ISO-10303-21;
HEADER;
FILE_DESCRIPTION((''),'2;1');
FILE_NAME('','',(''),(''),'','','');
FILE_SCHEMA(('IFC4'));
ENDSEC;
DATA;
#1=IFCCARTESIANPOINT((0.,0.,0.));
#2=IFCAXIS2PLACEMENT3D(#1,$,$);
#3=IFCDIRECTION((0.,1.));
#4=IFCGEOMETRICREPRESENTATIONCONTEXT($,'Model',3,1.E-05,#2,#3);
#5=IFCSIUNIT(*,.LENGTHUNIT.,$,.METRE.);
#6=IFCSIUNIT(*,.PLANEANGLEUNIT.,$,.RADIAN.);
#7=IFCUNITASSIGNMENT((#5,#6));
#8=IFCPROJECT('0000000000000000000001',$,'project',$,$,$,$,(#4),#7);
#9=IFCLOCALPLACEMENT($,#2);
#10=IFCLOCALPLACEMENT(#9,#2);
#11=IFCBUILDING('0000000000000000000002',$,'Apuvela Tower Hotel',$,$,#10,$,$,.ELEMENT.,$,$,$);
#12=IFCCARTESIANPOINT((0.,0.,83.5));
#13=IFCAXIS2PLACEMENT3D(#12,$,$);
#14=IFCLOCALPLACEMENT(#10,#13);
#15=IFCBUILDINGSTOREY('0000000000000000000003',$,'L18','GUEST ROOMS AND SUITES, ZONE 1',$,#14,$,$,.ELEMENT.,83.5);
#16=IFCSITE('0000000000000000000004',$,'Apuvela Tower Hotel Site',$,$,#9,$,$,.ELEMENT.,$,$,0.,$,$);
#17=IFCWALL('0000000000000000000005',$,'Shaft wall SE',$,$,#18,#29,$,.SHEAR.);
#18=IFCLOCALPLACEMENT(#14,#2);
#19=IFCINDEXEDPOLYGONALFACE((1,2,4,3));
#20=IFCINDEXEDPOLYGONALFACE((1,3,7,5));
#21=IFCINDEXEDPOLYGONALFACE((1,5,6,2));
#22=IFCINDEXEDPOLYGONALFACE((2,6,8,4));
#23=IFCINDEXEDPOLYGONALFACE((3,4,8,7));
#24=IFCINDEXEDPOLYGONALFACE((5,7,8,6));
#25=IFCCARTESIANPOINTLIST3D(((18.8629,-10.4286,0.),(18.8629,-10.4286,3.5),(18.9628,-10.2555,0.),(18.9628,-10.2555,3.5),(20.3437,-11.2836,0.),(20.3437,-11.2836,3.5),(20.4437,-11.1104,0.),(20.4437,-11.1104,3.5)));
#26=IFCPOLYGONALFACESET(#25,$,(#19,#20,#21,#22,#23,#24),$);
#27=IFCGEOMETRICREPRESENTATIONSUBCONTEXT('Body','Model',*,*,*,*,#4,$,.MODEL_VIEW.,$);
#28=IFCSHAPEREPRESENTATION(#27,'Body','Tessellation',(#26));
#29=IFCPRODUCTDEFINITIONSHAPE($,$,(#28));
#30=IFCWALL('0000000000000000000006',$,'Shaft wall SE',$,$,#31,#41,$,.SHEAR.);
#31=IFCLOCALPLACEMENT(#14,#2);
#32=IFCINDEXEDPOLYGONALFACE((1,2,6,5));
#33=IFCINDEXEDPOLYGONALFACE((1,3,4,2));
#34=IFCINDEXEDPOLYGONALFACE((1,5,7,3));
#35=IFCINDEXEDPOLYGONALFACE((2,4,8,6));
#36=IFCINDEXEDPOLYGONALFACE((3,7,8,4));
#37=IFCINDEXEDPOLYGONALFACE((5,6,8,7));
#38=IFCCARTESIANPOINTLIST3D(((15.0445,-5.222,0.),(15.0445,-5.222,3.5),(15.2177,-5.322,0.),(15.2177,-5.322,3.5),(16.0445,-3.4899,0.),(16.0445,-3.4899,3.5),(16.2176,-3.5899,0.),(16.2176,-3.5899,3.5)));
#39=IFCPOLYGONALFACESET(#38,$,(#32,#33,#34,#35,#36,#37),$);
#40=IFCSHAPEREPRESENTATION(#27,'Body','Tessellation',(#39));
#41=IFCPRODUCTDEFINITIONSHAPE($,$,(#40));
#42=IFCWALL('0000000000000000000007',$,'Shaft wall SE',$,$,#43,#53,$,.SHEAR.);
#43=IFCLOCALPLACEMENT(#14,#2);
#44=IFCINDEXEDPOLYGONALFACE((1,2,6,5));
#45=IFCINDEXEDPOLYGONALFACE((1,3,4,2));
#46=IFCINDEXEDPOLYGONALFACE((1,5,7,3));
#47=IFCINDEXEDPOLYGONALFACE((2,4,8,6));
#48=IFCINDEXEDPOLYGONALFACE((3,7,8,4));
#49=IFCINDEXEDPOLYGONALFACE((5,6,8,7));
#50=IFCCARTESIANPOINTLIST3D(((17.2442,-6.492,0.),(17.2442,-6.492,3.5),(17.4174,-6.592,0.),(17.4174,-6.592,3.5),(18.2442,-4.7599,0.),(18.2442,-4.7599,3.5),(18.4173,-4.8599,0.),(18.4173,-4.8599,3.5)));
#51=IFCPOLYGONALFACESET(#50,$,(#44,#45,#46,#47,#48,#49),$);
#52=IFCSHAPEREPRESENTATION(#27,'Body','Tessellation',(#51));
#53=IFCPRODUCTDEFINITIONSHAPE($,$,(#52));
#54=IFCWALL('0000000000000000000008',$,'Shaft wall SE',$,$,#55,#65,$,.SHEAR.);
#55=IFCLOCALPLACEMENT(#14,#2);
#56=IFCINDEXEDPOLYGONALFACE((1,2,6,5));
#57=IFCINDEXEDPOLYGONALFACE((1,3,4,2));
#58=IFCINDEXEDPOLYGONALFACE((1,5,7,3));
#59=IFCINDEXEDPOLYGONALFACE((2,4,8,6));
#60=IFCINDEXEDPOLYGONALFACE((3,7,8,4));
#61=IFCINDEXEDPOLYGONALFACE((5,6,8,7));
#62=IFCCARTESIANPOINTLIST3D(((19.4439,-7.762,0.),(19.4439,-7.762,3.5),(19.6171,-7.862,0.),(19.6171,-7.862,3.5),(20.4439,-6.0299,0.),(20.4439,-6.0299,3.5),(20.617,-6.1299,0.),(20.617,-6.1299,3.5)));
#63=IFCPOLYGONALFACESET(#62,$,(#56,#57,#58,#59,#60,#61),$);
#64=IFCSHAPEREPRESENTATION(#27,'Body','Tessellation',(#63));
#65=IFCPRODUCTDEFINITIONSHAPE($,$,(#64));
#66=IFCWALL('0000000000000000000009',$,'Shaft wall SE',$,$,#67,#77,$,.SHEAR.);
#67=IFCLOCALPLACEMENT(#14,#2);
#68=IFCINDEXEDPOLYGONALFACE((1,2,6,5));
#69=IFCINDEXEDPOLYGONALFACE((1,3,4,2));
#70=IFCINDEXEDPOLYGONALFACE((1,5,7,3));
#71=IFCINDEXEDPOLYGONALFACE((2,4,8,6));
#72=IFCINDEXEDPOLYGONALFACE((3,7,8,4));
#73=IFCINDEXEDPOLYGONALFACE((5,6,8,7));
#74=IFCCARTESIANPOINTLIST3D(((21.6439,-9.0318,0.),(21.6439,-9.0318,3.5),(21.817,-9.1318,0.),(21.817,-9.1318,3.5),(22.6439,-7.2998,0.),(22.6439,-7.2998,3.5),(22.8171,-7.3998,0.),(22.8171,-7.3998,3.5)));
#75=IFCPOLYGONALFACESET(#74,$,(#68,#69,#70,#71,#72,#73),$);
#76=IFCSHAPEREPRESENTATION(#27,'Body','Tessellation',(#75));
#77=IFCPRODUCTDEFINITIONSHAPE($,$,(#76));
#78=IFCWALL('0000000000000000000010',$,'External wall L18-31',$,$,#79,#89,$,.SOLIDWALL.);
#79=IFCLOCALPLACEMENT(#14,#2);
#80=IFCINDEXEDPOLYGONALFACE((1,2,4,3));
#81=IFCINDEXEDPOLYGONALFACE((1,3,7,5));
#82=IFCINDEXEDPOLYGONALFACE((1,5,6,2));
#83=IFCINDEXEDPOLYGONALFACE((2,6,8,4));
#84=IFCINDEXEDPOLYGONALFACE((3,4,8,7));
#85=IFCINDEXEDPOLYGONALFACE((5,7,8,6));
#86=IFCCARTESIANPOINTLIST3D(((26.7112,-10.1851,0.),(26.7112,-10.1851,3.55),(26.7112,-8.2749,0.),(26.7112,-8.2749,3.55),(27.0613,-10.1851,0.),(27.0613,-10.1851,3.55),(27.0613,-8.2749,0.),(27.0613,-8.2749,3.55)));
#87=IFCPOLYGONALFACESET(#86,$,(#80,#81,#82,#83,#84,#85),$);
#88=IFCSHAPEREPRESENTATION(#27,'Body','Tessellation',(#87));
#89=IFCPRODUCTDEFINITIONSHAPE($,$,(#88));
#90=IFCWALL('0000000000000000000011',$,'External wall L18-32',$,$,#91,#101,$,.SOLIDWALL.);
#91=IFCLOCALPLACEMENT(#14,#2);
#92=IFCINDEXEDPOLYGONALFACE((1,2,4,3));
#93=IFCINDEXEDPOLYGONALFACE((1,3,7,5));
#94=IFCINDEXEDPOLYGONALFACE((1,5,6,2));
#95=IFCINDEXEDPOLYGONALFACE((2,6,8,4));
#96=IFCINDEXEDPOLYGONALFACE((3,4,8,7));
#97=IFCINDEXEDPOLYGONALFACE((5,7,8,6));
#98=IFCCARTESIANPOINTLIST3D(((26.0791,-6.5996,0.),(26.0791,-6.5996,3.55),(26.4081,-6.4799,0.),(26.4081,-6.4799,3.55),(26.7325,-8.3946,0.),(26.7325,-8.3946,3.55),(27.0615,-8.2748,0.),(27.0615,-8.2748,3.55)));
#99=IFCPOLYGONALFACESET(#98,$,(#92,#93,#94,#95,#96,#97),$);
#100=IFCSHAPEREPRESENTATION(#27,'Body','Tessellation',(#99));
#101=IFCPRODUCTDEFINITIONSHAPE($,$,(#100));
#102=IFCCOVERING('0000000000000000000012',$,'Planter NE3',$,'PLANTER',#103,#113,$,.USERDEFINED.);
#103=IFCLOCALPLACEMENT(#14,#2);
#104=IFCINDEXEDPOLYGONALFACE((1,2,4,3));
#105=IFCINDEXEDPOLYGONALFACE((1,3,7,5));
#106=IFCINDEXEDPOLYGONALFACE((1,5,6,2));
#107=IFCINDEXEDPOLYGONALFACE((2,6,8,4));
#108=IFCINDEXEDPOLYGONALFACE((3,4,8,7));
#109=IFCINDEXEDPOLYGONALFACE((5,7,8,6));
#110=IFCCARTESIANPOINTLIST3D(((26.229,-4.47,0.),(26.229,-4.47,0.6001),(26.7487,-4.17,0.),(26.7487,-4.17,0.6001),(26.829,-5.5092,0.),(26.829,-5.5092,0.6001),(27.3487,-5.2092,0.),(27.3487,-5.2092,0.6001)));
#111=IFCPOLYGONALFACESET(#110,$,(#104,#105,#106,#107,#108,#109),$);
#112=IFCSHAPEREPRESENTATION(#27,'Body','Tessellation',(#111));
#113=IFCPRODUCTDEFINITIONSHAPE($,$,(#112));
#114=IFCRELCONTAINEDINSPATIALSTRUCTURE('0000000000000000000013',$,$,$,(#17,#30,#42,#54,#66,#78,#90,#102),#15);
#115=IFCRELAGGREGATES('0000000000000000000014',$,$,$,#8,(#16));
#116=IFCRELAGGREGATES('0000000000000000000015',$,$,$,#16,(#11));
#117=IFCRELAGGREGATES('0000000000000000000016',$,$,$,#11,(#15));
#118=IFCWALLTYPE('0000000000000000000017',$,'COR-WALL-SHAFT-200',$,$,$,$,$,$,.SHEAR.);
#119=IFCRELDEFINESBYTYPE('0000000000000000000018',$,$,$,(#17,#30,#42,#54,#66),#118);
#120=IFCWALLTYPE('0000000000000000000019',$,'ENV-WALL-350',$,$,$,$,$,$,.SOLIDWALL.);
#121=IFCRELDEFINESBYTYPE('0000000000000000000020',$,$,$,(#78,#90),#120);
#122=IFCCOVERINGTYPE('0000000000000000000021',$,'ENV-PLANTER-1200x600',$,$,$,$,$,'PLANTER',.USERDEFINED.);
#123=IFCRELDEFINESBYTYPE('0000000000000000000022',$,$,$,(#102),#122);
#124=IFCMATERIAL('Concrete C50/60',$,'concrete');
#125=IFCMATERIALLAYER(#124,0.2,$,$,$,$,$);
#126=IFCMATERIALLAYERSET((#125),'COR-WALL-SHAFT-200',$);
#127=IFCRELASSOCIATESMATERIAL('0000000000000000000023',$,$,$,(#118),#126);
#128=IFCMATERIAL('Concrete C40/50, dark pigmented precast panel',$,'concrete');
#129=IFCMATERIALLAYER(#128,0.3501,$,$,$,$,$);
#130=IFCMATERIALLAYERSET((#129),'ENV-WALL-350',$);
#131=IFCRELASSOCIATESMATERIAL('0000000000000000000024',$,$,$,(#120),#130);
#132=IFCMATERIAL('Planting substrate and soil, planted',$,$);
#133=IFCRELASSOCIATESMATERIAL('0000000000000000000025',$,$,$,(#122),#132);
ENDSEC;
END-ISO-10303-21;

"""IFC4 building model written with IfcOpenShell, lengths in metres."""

from ifc_helpers import new_model, si_unit, direction, frame, frame_2d, origin, origin_2d, place, context, subcontext, project, spatial, rectangle, extrude, material, layer, layer_set, type_object, element, save


model = new_model("IFC4")

# Units and contexts
model_context = context("Model", 3, precision=1e-05, world=origin(), true_north=direction((0.0, 1.0)))
body_context = subcontext(model_context, "Body", "Model", "MODEL_VIEW")
ifc_project = project(units=[si_unit("LENGTHUNIT", "METRE"), si_unit("PLANEANGLEUNIT", "RADIAN")], contexts=[model_context])

# Site, building, storey
site_placement = place(None, origin())
site = spatial("IfcSite", under=ifc_project, at=site_placement, Name="Apuvela Tower Hotel Site", CompositionType="ELEMENT", RefElevation=0.0)
building_placement = place(site_placement, origin())
building = spatial("IfcBuilding", under=site, at=building_placement, Name="Apuvela Tower Hotel", CompositionType="ELEMENT")
storey_placement = place(building_placement, frame((0.0, 0.0, 83.5)))
storey = spatial("IfcBuildingStorey", under=building, at=storey_placement, Name="L18", Description="GUEST ROOMS AND SUITES, ZONE 1", CompositionType="ELEMENT", Elevation=83.5)

# Walls
ifc_material_1 = material(Name="Concrete C50/60", Category="concrete")
ifc_layer_1 = layer(ifc_material_1, 0.2)
ifc_layer_set_1 = layer_set([ifc_layer_1], Name="COR-WALL-SHAFT-200")
wall_type_1 = type_object("IfcWallType", Name="COR-WALL-SHAFT-200", PredefinedType="SHEAR", material=ifc_layer_set_1)
wall_1_placement = place(storey_placement, frame((18.9128, -10.342, 0.0), z_axis=(0.0, 0.0, 1.0), x_axis=(0.866038, -0.499978, 0.0)))
element("IfcWall", 1, at=wall_1_placement, inside=storey, type_object=wall_type_1, Name="Shaft wall SE", PredefinedType="SHEAR", context=body_context, shape_type="SweptSolid", body=[
    extrude(rectangle(XDim=1.71, YDim=0.2, at=frame_2d((0.855, 0.0))), origin(), (0.0, 0.0, 1.0), 3.5),
])
for number, where, z_axis, x_axis, name in (
    (2, (15.1311, -5.272, 0.0), (0.0, 0.0, 1.0), (0.499973, 0.866041, 0.0), "Shaft wall SE"),
    (3, (17.3308, -6.542, 0.0), (0.0, 0.0, 1.0), (0.499973, 0.866041, 0.0), "Shaft wall SE"),
    (4, (19.5305, -7.812, 0.0), (0.0, 0.0, 1.0), (0.499973, 0.866041, 0.0), "Shaft wall SE"),
    (5, (21.7305, -9.0818, 0.0), (0.0, 0.0, 1.0), (0.500025, 0.866011, 0.0), "Shaft wall SE"),
):
    element("IfcWall", number, at=place(storey_placement, frame(where, z_axis=z_axis, x_axis=x_axis)), inside=storey, type_object=wall_type_1, Name=name, PredefinedType="SHEAR", context=body_context, shape_type="SweptSolid", body=[
        extrude(rectangle(XDim=2.0, YDim=0.2, at=frame_2d((1.0, 0.0))), origin(), (0.0, 0.0, 1.0), 3.5),
    ])
ifc_material_2 = material(Name="Concrete C40/50, dark pigmented precast panel", Category="concrete")
ifc_layer_2 = layer(ifc_material_2, 0.3501)
ifc_layer_set_2 = layer_set([ifc_layer_2], Name="ENV-WALL-350")
wall_type_2 = type_object("IfcWallType", Name="ENV-WALL-350", PredefinedType="SOLIDWALL", material=ifc_layer_set_2)
for number, where, z_axis, x_axis, name in (
    (6, (26.8862, -10.1851, 0.0), (0.0, 0.0, 1.0), (0.0, 1.0, 0.0), "External wall L18-31"),
    (7, (26.897, -8.3347, 0.0), (0.0, 0.0, 1.0), (-0.34203, 0.939689, 0.0), "External wall L18-32"),
):
    element("IfcWall", number, at=place(storey_placement, frame(where, z_axis=z_axis, x_axis=x_axis)), inside=storey, type_object=wall_type_2, Name=name, PredefinedType="SOLIDWALL", context=body_context, shape_type="SweptSolid", body=[
        extrude(rectangle(XDim=1.9102, YDim=0.3501, at=frame_2d((0.9551, 0.0))), origin(), (0.0, 0.0, 1.0), 3.55),
    ])

# Covering
ifc_material_3 = material(Name="Planting substrate and soil, planted")
covering_type = type_object("IfcCoveringType", Name="ENV-PLANTER-1200x600", ElementType="PLANTER", PredefinedType="USERDEFINED", material=ifc_material_3)
covering_placement = place(storey_placement, frame((26.7888, -4.8396, 0.0), z_axis=(0.0, 0.0, 1.0), x_axis=(-0.5, 0.866025, 0.0)))
element("IfcCovering", 8, at=covering_placement, inside=storey, type_object=covering_type, Name="Planter NE3", ObjectType="PLANTER", PredefinedType="USERDEFINED", context=body_context, shape_type="SweptSolid", body=[
    extrude(rectangle(XDim=1.2, YDim=0.6001, at=origin_2d()), origin(), (0.0, 0.0, 1.0), 0.6001),
])

save(model, "model.ifc")
